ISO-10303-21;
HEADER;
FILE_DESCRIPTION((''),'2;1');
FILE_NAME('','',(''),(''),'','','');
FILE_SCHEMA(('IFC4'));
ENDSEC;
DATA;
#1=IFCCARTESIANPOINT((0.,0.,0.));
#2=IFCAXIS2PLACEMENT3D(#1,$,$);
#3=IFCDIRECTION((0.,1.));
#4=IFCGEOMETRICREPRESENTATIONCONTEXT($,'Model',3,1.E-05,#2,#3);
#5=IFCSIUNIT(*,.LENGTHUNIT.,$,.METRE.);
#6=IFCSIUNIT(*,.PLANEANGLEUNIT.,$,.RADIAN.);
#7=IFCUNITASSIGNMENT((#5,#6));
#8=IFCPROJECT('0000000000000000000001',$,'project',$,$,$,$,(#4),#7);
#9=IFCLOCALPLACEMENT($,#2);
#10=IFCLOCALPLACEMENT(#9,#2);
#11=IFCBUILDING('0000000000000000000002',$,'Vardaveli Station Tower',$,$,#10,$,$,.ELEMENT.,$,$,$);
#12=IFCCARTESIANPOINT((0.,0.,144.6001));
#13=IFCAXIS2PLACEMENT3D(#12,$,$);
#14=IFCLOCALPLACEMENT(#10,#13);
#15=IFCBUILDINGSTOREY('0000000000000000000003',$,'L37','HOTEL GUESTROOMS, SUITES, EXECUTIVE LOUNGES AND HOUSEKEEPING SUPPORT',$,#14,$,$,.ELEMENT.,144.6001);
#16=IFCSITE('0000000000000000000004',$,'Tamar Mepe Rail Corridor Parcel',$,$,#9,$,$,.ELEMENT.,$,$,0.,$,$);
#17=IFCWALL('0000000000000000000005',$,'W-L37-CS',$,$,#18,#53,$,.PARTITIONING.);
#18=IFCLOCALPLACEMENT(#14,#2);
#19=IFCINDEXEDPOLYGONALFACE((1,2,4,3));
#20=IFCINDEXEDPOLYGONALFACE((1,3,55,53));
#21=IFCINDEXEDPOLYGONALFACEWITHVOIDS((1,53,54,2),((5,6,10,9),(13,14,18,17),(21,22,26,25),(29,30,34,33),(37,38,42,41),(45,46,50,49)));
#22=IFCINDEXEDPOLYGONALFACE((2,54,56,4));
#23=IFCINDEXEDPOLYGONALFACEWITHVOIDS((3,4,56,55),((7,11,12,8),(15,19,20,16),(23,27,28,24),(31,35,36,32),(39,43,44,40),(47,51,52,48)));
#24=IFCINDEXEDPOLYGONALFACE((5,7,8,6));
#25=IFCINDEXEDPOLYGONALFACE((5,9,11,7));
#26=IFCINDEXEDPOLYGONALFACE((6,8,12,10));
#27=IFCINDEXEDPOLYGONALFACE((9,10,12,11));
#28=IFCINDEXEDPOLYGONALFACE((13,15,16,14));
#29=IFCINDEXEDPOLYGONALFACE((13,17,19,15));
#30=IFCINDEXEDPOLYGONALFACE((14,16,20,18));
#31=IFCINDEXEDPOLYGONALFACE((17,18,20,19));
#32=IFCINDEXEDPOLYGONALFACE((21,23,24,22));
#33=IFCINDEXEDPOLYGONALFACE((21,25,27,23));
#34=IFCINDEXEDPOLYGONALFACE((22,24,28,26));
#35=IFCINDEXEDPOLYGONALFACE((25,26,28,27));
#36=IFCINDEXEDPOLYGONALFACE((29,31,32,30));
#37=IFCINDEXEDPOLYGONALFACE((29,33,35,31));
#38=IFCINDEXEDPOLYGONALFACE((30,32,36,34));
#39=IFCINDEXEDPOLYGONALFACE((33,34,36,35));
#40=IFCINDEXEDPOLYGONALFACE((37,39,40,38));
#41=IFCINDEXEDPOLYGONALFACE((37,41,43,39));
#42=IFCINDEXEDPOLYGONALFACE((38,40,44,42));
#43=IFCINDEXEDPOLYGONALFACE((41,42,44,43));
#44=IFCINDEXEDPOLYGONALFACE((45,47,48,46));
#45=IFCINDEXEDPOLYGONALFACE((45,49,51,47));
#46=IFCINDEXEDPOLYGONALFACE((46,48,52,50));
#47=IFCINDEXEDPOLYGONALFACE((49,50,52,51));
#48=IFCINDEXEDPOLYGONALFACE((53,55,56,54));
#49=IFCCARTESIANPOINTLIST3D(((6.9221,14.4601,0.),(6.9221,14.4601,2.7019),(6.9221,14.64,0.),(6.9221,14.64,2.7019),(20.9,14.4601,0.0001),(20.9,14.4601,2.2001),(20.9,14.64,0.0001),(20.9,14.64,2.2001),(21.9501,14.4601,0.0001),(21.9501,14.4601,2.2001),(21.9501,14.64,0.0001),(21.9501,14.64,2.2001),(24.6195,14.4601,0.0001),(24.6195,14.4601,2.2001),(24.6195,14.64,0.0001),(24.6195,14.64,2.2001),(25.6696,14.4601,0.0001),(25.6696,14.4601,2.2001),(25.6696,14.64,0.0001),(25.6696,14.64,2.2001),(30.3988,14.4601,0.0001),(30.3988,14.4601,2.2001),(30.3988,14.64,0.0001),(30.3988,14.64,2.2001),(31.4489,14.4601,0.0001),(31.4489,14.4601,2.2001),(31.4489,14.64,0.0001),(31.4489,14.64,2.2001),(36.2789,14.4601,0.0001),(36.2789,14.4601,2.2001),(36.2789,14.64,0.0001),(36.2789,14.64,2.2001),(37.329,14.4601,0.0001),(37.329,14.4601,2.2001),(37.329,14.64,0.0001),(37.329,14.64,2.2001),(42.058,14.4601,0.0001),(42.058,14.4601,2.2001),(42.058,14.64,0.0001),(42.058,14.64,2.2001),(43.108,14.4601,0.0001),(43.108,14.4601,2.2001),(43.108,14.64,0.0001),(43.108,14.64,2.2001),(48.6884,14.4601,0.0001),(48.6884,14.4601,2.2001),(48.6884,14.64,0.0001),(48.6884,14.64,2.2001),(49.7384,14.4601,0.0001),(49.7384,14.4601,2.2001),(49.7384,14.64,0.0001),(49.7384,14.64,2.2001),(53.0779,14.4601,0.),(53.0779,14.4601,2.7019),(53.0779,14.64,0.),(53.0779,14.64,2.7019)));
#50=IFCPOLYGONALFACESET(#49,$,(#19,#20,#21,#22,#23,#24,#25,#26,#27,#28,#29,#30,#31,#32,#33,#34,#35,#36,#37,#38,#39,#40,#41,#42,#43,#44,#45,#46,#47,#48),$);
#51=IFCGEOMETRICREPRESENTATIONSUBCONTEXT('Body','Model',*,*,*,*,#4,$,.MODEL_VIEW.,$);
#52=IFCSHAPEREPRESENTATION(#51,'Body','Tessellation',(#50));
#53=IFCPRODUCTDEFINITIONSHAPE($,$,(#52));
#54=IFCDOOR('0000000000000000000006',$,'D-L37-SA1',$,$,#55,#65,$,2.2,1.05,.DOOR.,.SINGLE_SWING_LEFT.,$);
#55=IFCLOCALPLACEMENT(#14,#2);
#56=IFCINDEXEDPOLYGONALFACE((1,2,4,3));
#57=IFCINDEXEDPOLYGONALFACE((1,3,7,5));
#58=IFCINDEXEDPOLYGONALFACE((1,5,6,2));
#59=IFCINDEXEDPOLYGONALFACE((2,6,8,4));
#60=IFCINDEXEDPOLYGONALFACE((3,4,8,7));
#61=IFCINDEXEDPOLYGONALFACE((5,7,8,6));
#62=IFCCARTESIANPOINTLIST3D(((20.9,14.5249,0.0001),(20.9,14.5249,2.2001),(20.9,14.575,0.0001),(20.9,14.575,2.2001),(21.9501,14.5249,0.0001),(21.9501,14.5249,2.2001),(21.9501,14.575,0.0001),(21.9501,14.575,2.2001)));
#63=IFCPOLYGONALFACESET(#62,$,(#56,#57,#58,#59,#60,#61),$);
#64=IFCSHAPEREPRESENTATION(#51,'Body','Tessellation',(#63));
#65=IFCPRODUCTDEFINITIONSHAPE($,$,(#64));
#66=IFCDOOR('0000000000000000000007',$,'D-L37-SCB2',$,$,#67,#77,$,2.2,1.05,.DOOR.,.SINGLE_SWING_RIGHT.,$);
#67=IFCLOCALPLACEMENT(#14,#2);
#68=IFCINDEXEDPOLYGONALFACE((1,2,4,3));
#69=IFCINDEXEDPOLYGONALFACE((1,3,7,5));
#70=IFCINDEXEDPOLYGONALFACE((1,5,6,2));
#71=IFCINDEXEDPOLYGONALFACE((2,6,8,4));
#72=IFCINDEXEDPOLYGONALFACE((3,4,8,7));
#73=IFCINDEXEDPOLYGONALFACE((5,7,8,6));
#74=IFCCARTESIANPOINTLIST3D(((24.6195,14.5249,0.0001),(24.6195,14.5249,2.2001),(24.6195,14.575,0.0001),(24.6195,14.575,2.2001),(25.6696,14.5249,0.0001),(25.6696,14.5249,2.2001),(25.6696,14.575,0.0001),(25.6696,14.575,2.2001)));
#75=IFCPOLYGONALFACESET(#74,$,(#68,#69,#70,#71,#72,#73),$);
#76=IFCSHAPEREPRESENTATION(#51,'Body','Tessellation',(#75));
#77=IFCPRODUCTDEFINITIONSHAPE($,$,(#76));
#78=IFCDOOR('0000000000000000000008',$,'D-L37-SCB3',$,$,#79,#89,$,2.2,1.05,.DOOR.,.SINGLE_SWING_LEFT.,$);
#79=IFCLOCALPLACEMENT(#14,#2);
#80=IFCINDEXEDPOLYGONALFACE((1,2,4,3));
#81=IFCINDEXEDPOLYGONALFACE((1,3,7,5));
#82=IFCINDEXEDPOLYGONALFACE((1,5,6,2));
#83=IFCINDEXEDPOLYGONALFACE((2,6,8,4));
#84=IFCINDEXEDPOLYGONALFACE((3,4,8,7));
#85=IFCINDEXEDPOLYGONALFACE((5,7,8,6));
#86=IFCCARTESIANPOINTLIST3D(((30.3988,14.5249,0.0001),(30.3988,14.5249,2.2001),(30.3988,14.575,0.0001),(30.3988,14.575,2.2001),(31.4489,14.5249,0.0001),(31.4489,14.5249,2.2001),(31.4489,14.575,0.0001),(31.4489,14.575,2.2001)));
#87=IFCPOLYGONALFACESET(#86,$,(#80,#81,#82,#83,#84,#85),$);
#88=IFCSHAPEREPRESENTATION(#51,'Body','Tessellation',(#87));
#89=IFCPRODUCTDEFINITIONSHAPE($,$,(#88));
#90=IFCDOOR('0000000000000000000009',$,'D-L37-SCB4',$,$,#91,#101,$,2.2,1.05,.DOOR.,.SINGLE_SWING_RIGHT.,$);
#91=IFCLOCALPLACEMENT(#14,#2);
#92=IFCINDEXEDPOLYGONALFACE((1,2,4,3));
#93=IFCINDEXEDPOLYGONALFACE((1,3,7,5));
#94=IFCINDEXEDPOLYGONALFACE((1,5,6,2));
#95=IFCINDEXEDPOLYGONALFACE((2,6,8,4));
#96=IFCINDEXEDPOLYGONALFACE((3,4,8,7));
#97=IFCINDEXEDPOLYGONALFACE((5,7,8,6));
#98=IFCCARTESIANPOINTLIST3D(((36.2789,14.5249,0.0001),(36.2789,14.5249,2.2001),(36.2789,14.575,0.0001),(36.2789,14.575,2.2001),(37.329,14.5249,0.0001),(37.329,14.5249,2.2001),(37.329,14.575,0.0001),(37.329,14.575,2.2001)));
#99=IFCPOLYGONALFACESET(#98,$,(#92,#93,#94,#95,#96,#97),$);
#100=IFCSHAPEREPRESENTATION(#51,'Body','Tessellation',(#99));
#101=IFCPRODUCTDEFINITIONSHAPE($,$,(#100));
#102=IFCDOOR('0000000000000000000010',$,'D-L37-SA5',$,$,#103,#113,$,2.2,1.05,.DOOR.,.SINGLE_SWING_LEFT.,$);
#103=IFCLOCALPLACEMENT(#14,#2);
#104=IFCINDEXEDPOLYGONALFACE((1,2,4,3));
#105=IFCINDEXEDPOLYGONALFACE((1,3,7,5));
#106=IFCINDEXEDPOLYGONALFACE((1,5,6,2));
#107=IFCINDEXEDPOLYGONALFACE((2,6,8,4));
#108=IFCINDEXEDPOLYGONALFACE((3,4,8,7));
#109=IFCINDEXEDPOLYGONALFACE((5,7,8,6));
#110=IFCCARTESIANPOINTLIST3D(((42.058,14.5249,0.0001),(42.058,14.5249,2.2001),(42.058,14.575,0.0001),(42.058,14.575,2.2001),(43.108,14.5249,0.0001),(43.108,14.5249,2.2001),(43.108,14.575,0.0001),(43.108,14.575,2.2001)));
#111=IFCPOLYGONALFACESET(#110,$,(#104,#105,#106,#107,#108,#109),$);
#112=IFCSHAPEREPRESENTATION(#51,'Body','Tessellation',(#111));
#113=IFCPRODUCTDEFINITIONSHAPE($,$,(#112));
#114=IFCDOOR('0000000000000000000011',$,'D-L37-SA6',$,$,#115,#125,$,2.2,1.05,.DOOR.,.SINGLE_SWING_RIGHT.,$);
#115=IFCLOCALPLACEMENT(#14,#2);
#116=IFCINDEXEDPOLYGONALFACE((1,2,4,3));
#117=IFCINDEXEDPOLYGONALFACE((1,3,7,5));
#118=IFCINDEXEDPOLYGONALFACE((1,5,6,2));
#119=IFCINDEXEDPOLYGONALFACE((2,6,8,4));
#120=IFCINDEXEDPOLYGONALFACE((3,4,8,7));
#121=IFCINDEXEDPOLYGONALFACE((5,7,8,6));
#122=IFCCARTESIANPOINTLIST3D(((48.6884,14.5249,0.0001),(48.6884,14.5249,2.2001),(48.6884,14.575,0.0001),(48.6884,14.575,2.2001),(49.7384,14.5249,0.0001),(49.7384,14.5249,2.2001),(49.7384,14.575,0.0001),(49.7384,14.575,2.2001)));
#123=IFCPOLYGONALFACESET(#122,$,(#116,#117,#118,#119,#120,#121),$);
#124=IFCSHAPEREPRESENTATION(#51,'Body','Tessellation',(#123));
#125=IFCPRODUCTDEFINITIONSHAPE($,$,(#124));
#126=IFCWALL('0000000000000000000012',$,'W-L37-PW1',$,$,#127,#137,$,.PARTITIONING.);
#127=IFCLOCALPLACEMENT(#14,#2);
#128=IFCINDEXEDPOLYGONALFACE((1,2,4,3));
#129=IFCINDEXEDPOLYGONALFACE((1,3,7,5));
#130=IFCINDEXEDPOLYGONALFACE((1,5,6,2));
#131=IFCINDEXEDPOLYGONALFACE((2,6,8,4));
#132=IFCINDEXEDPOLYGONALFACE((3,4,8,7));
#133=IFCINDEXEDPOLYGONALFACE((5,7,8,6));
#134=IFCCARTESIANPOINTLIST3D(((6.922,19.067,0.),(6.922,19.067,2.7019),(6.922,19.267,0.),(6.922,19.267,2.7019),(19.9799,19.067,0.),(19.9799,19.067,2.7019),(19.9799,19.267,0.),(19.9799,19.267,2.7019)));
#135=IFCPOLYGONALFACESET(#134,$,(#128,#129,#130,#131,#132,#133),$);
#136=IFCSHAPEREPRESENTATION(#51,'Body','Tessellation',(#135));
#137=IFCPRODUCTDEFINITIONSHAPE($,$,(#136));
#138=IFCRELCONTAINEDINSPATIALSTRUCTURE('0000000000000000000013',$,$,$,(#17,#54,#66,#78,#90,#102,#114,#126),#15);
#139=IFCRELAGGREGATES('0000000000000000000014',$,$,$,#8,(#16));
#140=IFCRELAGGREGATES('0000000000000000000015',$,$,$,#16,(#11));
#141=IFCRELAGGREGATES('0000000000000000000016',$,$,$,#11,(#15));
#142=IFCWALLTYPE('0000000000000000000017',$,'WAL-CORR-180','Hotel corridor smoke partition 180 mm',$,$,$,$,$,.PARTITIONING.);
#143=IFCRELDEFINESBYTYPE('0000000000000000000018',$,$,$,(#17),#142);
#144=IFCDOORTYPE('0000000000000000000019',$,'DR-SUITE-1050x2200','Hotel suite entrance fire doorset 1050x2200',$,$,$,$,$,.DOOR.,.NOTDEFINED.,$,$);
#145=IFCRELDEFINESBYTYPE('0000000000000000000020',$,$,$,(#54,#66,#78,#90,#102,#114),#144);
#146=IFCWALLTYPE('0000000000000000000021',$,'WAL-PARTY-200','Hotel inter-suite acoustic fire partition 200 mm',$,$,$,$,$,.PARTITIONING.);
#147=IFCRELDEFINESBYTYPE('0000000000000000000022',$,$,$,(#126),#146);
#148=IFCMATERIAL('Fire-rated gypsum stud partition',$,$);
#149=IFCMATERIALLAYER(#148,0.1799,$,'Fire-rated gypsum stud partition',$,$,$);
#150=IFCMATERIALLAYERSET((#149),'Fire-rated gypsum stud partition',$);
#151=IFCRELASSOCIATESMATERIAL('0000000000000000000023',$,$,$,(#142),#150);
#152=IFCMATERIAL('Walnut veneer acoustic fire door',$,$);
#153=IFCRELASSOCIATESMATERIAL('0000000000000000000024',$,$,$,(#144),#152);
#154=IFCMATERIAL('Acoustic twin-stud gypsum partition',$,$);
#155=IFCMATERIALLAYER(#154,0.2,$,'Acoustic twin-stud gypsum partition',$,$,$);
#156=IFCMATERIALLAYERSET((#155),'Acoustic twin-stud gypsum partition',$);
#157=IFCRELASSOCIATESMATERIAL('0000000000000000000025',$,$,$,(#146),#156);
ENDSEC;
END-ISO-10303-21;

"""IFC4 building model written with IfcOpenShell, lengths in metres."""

from ifc_helpers import new_model, si_unit, direction, frame, frame_2d, origin, place, context, subcontext, project, spatial, rectangle, extrude, source, transform, mapped, material, layer, layer_set, type_object, element, fill, save


model = new_model("IFC4")

# Units and contexts
model_context = context("Model", 3, precision=1e-05, world=origin(), true_north=direction((0.0, 1.0)))
body_context = subcontext(model_context, "Body", "Model", "MODEL_VIEW")
ifc_project = project(units=[si_unit("LENGTHUNIT", "METRE"), si_unit("PLANEANGLEUNIT", "RADIAN")], contexts=[model_context])

# Site, building, storey
site_placement = place(None, origin())
site = spatial("IfcSite", under=ifc_project, at=site_placement, Name="Tamar Mepe Rail Corridor Parcel", CompositionType="ELEMENT", RefElevation=0.0)
building_placement = place(site_placement, origin())
building = spatial("IfcBuilding", under=site, at=building_placement, Name="Vardaveli Station Tower", CompositionType="ELEMENT")
storey_placement = place(building_placement, frame((0.0, 0.0, 144.6001)))
storey = spatial("IfcBuildingStorey", under=building, at=storey_placement, Name="L37", Description="HOTEL GUESTROOMS, SUITES, EXECUTIVE LOUNGES AND HOUSEKEEPING SUPPORT", CompositionType="ELEMENT", Elevation=144.6001)

# Wall, openings, doors
ifc_material_1 = material(Name="Fire-rated gypsum stud partition")
ifc_layer_1 = layer(ifc_material_1, 0.1799, Name="Fire-rated gypsum stud partition")
ifc_layer_set_1 = layer_set([ifc_layer_1], Name="Fire-rated gypsum stud partition")
wall_type_1 = type_object("IfcWallType", Name="WAL-CORR-180", Description="Hotel corridor smoke partition 180 mm", PredefinedType="PARTITIONING", material=ifc_layer_set_1)
shared_shape_1 = source(origin(), body_context, "Body", "SweptSolid", [
    extrude(rectangle(XDim=46.1558, YDim=0.1799, at=frame_2d((23.0779, 0.0))), origin(), (0.0, 0.0, 1.0), 2.7019),
])
wall_1_placement = place(storey_placement, frame((6.9221, 14.55, 0.0), z_axis=(0.0, 0.0, 1.0), x_axis=(1.0, 0.0, 0.0)))
wall_1 = element("IfcWall", 1, at=wall_1_placement, inside=storey, type_object=wall_type_1, Name="W-L37-CS", PredefinedType="PARTITIONING", context=body_context, shape_type="MappedRepresentation", body=[
    mapped(shared_shape_1, transform((0.0, 0.0, 0.0), scale=1.0)),
])
shared_shape_2 = source(origin(), body_context, "Body", "SweptSolid", [
    extrude(rectangle(XDim=1.05, YDim=2.2, at=frame_2d((0.5249, 1.1001))), frame((0.0, 0.1001, 0.0), z_axis=(0.0, -1.0, 0.0), x_axis=(1.0, 0.0, 0.0)), (0.0, 0.0, 1.0), 0.2),
])
opening_1_placement = place(wall_1_placement, frame((13.978, 0.0, 0.0)))
opening_1 = element("IfcOpeningElement", 2, at=opening_1_placement, cuts=wall_1, PredefinedType="OPENING", context=body_context, shape_type="MappedRepresentation", body=[
    mapped(shared_shape_2, transform((0.0, 0.0, 0.0), scale=1.0)),
])
opening_2_placement = place(wall_1_placement, frame((17.6975, 0.0, 0.0)))
opening_2 = element("IfcOpeningElement", 3, at=opening_2_placement, cuts=wall_1, PredefinedType="OPENING", context=body_context, shape_type="MappedRepresentation", body=[
    mapped(shared_shape_2, transform((0.0, 0.0, 0.0), scale=1.0)),
])
opening_3_placement = place(wall_1_placement, frame((23.4768, 0.0, 0.0)))
opening_3 = element("IfcOpeningElement", 4, at=opening_3_placement, cuts=wall_1, PredefinedType="OPENING", context=body_context, shape_type="MappedRepresentation", body=[
    mapped(shared_shape_2, transform((0.0, 0.0, 0.0), scale=1.0)),
])
opening_4_placement = place(wall_1_placement, frame((29.3569, 0.0, 0.0)))
opening_4 = element("IfcOpeningElement", 5, at=opening_4_placement, cuts=wall_1, PredefinedType="OPENING", context=body_context, shape_type="MappedRepresentation", body=[
    mapped(shared_shape_2, transform((0.0, 0.0, 0.0), scale=1.0)),
])
opening_5_placement = place(wall_1_placement, frame((35.136, 0.0, 0.0)))
opening_5 = element("IfcOpeningElement", 6, at=opening_5_placement, cuts=wall_1, PredefinedType="OPENING", context=body_context, shape_type="MappedRepresentation", body=[
    mapped(shared_shape_2, transform((0.0, 0.0, 0.0), scale=1.0)),
])
opening_6_placement = place(wall_1_placement, frame((41.7664, 0.0, 0.0)))
opening_6 = element("IfcOpeningElement", 7, at=opening_6_placement, cuts=wall_1, PredefinedType="OPENING", context=body_context, shape_type="MappedRepresentation", body=[
    mapped(shared_shape_2, transform((0.0, 0.0, 0.0), scale=1.0)),
])
ifc_material_2 = material(Name="Walnut veneer acoustic fire door")
door_type_1 = type_object("IfcDoorType", Name="DR-SUITE-1050x2200", Description="Hotel suite entrance fire doorset 1050x2200", OperationType="NOTDEFINED", PredefinedType="DOOR", material=ifc_material_2)
shared_shape_3 = source(origin(), body_context, "Body", "SweptSolid", [
    extrude(rectangle(XDim=1.05, YDim=2.2, at=frame_2d((0.5249, 1.1001))), frame((0.0, 0.0249, 0.0), z_axis=(0.0, -1.0, 0.0), x_axis=(1.0, 0.0, 0.0)), (0.0, 0.0, 1.0), 0.05),
])
door_1_placement = place(opening_1_placement, origin())
door_1 = element("IfcDoor", 8, at=door_1_placement, inside=storey, type_object=door_type_1, Name="D-L37-SA1", OperationType="SINGLE_SWING_LEFT", OverallHeight=2.2, OverallWidth=1.05, PredefinedType="DOOR", context=body_context, shape_type="MappedRepresentation", body=[
    mapped(shared_shape_3, transform((0.0, 0.0, 0.0), scale=1.0)),
])
fill(opening_1, door_1)
door_2_placement = place(opening_2_placement, origin())
door_2 = element("IfcDoor", 9, at=door_2_placement, inside=storey, type_object=door_type_1, Name="D-L37-SCB2", OperationType="SINGLE_SWING_RIGHT", OverallHeight=2.2, OverallWidth=1.05, PredefinedType="DOOR", context=body_context, shape_type="MappedRepresentation", body=[
    mapped(shared_shape_3, transform((0.0, 0.0, 0.0), scale=1.0)),
])
fill(opening_2, door_2)
door_3_placement = place(opening_3_placement, origin())
door_3 = element("IfcDoor", 10, at=door_3_placement, inside=storey, type_object=door_type_1, Name="D-L37-SCB3", OperationType="SINGLE_SWING_LEFT", OverallHeight=2.2, OverallWidth=1.05, PredefinedType="DOOR", context=body_context, shape_type="MappedRepresentation", body=[
    mapped(shared_shape_3, transform((0.0, 0.0, 0.0), scale=1.0)),
])
fill(opening_3, door_3)
door_4_placement = place(opening_4_placement, origin())
door_4 = element("IfcDoor", 11, at=door_4_placement, inside=storey, type_object=door_type_1, Name="D-L37-SCB4", OperationType="SINGLE_SWING_RIGHT", OverallHeight=2.2, OverallWidth=1.05, PredefinedType="DOOR", context=body_context, shape_type="MappedRepresentation", body=[
    mapped(shared_shape_3, transform((0.0, 0.0, 0.0), scale=1.0)),
])
fill(opening_4, door_4)
door_5_placement = place(opening_5_placement, origin())
door_5 = element("IfcDoor", 12, at=door_5_placement, inside=storey, type_object=door_type_1, Name="D-L37-SA5", OperationType="SINGLE_SWING_LEFT", OverallHeight=2.2, OverallWidth=1.05, PredefinedType="DOOR", context=body_context, shape_type="MappedRepresentation", body=[
    mapped(shared_shape_3, transform((0.0, 0.0, 0.0), scale=1.0)),
])
fill(opening_5, door_5)
door_6_placement = place(opening_6_placement, origin())
door_6 = element("IfcDoor", 13, at=door_6_placement, inside=storey, type_object=door_type_1, Name="D-L37-SA6", OperationType="SINGLE_SWING_RIGHT", OverallHeight=2.2, OverallWidth=1.05, PredefinedType="DOOR", context=body_context, shape_type="MappedRepresentation", body=[
    mapped(shared_shape_3, transform((0.0, 0.0, 0.0), scale=1.0)),
])
fill(opening_6, door_6)

# Wall
ifc_material_3 = material(Name="Acoustic twin-stud gypsum partition")
ifc_layer_2 = layer(ifc_material_3, 0.2, Name="Acoustic twin-stud gypsum partition")
ifc_layer_set_2 = layer_set([ifc_layer_2], Name="Acoustic twin-stud gypsum partition")
wall_type_2 = type_object("IfcWallType", Name="WAL-PARTY-200", Description="Hotel inter-suite acoustic fire partition 200 mm", PredefinedType="PARTITIONING", material=ifc_layer_set_2)
shared_shape_4 = source(origin(), body_context, "Body", "SweptSolid", [
    extrude(rectangle(XDim=13.0579, YDim=0.2, at=frame_2d((6.5288, 0.0))), origin(), (0.0, 0.0, 1.0), 2.7019),
])
wall_2_placement = place(storey_placement, frame((6.9221, 19.167, 0.0), z_axis=(0.0, 0.0, 1.0), x_axis=(1.0, 0.0, 0.0)))
element("IfcWall", 14, at=wall_2_placement, inside=storey, type_object=wall_type_2, Name="W-L37-PW1", PredefinedType="PARTITIONING", context=body_context, shape_type="MappedRepresentation", body=[
    mapped(shared_shape_4, transform((0.0, 0.0, 0.0), scale=1.0)),
])

save(model, "model.ifc")
